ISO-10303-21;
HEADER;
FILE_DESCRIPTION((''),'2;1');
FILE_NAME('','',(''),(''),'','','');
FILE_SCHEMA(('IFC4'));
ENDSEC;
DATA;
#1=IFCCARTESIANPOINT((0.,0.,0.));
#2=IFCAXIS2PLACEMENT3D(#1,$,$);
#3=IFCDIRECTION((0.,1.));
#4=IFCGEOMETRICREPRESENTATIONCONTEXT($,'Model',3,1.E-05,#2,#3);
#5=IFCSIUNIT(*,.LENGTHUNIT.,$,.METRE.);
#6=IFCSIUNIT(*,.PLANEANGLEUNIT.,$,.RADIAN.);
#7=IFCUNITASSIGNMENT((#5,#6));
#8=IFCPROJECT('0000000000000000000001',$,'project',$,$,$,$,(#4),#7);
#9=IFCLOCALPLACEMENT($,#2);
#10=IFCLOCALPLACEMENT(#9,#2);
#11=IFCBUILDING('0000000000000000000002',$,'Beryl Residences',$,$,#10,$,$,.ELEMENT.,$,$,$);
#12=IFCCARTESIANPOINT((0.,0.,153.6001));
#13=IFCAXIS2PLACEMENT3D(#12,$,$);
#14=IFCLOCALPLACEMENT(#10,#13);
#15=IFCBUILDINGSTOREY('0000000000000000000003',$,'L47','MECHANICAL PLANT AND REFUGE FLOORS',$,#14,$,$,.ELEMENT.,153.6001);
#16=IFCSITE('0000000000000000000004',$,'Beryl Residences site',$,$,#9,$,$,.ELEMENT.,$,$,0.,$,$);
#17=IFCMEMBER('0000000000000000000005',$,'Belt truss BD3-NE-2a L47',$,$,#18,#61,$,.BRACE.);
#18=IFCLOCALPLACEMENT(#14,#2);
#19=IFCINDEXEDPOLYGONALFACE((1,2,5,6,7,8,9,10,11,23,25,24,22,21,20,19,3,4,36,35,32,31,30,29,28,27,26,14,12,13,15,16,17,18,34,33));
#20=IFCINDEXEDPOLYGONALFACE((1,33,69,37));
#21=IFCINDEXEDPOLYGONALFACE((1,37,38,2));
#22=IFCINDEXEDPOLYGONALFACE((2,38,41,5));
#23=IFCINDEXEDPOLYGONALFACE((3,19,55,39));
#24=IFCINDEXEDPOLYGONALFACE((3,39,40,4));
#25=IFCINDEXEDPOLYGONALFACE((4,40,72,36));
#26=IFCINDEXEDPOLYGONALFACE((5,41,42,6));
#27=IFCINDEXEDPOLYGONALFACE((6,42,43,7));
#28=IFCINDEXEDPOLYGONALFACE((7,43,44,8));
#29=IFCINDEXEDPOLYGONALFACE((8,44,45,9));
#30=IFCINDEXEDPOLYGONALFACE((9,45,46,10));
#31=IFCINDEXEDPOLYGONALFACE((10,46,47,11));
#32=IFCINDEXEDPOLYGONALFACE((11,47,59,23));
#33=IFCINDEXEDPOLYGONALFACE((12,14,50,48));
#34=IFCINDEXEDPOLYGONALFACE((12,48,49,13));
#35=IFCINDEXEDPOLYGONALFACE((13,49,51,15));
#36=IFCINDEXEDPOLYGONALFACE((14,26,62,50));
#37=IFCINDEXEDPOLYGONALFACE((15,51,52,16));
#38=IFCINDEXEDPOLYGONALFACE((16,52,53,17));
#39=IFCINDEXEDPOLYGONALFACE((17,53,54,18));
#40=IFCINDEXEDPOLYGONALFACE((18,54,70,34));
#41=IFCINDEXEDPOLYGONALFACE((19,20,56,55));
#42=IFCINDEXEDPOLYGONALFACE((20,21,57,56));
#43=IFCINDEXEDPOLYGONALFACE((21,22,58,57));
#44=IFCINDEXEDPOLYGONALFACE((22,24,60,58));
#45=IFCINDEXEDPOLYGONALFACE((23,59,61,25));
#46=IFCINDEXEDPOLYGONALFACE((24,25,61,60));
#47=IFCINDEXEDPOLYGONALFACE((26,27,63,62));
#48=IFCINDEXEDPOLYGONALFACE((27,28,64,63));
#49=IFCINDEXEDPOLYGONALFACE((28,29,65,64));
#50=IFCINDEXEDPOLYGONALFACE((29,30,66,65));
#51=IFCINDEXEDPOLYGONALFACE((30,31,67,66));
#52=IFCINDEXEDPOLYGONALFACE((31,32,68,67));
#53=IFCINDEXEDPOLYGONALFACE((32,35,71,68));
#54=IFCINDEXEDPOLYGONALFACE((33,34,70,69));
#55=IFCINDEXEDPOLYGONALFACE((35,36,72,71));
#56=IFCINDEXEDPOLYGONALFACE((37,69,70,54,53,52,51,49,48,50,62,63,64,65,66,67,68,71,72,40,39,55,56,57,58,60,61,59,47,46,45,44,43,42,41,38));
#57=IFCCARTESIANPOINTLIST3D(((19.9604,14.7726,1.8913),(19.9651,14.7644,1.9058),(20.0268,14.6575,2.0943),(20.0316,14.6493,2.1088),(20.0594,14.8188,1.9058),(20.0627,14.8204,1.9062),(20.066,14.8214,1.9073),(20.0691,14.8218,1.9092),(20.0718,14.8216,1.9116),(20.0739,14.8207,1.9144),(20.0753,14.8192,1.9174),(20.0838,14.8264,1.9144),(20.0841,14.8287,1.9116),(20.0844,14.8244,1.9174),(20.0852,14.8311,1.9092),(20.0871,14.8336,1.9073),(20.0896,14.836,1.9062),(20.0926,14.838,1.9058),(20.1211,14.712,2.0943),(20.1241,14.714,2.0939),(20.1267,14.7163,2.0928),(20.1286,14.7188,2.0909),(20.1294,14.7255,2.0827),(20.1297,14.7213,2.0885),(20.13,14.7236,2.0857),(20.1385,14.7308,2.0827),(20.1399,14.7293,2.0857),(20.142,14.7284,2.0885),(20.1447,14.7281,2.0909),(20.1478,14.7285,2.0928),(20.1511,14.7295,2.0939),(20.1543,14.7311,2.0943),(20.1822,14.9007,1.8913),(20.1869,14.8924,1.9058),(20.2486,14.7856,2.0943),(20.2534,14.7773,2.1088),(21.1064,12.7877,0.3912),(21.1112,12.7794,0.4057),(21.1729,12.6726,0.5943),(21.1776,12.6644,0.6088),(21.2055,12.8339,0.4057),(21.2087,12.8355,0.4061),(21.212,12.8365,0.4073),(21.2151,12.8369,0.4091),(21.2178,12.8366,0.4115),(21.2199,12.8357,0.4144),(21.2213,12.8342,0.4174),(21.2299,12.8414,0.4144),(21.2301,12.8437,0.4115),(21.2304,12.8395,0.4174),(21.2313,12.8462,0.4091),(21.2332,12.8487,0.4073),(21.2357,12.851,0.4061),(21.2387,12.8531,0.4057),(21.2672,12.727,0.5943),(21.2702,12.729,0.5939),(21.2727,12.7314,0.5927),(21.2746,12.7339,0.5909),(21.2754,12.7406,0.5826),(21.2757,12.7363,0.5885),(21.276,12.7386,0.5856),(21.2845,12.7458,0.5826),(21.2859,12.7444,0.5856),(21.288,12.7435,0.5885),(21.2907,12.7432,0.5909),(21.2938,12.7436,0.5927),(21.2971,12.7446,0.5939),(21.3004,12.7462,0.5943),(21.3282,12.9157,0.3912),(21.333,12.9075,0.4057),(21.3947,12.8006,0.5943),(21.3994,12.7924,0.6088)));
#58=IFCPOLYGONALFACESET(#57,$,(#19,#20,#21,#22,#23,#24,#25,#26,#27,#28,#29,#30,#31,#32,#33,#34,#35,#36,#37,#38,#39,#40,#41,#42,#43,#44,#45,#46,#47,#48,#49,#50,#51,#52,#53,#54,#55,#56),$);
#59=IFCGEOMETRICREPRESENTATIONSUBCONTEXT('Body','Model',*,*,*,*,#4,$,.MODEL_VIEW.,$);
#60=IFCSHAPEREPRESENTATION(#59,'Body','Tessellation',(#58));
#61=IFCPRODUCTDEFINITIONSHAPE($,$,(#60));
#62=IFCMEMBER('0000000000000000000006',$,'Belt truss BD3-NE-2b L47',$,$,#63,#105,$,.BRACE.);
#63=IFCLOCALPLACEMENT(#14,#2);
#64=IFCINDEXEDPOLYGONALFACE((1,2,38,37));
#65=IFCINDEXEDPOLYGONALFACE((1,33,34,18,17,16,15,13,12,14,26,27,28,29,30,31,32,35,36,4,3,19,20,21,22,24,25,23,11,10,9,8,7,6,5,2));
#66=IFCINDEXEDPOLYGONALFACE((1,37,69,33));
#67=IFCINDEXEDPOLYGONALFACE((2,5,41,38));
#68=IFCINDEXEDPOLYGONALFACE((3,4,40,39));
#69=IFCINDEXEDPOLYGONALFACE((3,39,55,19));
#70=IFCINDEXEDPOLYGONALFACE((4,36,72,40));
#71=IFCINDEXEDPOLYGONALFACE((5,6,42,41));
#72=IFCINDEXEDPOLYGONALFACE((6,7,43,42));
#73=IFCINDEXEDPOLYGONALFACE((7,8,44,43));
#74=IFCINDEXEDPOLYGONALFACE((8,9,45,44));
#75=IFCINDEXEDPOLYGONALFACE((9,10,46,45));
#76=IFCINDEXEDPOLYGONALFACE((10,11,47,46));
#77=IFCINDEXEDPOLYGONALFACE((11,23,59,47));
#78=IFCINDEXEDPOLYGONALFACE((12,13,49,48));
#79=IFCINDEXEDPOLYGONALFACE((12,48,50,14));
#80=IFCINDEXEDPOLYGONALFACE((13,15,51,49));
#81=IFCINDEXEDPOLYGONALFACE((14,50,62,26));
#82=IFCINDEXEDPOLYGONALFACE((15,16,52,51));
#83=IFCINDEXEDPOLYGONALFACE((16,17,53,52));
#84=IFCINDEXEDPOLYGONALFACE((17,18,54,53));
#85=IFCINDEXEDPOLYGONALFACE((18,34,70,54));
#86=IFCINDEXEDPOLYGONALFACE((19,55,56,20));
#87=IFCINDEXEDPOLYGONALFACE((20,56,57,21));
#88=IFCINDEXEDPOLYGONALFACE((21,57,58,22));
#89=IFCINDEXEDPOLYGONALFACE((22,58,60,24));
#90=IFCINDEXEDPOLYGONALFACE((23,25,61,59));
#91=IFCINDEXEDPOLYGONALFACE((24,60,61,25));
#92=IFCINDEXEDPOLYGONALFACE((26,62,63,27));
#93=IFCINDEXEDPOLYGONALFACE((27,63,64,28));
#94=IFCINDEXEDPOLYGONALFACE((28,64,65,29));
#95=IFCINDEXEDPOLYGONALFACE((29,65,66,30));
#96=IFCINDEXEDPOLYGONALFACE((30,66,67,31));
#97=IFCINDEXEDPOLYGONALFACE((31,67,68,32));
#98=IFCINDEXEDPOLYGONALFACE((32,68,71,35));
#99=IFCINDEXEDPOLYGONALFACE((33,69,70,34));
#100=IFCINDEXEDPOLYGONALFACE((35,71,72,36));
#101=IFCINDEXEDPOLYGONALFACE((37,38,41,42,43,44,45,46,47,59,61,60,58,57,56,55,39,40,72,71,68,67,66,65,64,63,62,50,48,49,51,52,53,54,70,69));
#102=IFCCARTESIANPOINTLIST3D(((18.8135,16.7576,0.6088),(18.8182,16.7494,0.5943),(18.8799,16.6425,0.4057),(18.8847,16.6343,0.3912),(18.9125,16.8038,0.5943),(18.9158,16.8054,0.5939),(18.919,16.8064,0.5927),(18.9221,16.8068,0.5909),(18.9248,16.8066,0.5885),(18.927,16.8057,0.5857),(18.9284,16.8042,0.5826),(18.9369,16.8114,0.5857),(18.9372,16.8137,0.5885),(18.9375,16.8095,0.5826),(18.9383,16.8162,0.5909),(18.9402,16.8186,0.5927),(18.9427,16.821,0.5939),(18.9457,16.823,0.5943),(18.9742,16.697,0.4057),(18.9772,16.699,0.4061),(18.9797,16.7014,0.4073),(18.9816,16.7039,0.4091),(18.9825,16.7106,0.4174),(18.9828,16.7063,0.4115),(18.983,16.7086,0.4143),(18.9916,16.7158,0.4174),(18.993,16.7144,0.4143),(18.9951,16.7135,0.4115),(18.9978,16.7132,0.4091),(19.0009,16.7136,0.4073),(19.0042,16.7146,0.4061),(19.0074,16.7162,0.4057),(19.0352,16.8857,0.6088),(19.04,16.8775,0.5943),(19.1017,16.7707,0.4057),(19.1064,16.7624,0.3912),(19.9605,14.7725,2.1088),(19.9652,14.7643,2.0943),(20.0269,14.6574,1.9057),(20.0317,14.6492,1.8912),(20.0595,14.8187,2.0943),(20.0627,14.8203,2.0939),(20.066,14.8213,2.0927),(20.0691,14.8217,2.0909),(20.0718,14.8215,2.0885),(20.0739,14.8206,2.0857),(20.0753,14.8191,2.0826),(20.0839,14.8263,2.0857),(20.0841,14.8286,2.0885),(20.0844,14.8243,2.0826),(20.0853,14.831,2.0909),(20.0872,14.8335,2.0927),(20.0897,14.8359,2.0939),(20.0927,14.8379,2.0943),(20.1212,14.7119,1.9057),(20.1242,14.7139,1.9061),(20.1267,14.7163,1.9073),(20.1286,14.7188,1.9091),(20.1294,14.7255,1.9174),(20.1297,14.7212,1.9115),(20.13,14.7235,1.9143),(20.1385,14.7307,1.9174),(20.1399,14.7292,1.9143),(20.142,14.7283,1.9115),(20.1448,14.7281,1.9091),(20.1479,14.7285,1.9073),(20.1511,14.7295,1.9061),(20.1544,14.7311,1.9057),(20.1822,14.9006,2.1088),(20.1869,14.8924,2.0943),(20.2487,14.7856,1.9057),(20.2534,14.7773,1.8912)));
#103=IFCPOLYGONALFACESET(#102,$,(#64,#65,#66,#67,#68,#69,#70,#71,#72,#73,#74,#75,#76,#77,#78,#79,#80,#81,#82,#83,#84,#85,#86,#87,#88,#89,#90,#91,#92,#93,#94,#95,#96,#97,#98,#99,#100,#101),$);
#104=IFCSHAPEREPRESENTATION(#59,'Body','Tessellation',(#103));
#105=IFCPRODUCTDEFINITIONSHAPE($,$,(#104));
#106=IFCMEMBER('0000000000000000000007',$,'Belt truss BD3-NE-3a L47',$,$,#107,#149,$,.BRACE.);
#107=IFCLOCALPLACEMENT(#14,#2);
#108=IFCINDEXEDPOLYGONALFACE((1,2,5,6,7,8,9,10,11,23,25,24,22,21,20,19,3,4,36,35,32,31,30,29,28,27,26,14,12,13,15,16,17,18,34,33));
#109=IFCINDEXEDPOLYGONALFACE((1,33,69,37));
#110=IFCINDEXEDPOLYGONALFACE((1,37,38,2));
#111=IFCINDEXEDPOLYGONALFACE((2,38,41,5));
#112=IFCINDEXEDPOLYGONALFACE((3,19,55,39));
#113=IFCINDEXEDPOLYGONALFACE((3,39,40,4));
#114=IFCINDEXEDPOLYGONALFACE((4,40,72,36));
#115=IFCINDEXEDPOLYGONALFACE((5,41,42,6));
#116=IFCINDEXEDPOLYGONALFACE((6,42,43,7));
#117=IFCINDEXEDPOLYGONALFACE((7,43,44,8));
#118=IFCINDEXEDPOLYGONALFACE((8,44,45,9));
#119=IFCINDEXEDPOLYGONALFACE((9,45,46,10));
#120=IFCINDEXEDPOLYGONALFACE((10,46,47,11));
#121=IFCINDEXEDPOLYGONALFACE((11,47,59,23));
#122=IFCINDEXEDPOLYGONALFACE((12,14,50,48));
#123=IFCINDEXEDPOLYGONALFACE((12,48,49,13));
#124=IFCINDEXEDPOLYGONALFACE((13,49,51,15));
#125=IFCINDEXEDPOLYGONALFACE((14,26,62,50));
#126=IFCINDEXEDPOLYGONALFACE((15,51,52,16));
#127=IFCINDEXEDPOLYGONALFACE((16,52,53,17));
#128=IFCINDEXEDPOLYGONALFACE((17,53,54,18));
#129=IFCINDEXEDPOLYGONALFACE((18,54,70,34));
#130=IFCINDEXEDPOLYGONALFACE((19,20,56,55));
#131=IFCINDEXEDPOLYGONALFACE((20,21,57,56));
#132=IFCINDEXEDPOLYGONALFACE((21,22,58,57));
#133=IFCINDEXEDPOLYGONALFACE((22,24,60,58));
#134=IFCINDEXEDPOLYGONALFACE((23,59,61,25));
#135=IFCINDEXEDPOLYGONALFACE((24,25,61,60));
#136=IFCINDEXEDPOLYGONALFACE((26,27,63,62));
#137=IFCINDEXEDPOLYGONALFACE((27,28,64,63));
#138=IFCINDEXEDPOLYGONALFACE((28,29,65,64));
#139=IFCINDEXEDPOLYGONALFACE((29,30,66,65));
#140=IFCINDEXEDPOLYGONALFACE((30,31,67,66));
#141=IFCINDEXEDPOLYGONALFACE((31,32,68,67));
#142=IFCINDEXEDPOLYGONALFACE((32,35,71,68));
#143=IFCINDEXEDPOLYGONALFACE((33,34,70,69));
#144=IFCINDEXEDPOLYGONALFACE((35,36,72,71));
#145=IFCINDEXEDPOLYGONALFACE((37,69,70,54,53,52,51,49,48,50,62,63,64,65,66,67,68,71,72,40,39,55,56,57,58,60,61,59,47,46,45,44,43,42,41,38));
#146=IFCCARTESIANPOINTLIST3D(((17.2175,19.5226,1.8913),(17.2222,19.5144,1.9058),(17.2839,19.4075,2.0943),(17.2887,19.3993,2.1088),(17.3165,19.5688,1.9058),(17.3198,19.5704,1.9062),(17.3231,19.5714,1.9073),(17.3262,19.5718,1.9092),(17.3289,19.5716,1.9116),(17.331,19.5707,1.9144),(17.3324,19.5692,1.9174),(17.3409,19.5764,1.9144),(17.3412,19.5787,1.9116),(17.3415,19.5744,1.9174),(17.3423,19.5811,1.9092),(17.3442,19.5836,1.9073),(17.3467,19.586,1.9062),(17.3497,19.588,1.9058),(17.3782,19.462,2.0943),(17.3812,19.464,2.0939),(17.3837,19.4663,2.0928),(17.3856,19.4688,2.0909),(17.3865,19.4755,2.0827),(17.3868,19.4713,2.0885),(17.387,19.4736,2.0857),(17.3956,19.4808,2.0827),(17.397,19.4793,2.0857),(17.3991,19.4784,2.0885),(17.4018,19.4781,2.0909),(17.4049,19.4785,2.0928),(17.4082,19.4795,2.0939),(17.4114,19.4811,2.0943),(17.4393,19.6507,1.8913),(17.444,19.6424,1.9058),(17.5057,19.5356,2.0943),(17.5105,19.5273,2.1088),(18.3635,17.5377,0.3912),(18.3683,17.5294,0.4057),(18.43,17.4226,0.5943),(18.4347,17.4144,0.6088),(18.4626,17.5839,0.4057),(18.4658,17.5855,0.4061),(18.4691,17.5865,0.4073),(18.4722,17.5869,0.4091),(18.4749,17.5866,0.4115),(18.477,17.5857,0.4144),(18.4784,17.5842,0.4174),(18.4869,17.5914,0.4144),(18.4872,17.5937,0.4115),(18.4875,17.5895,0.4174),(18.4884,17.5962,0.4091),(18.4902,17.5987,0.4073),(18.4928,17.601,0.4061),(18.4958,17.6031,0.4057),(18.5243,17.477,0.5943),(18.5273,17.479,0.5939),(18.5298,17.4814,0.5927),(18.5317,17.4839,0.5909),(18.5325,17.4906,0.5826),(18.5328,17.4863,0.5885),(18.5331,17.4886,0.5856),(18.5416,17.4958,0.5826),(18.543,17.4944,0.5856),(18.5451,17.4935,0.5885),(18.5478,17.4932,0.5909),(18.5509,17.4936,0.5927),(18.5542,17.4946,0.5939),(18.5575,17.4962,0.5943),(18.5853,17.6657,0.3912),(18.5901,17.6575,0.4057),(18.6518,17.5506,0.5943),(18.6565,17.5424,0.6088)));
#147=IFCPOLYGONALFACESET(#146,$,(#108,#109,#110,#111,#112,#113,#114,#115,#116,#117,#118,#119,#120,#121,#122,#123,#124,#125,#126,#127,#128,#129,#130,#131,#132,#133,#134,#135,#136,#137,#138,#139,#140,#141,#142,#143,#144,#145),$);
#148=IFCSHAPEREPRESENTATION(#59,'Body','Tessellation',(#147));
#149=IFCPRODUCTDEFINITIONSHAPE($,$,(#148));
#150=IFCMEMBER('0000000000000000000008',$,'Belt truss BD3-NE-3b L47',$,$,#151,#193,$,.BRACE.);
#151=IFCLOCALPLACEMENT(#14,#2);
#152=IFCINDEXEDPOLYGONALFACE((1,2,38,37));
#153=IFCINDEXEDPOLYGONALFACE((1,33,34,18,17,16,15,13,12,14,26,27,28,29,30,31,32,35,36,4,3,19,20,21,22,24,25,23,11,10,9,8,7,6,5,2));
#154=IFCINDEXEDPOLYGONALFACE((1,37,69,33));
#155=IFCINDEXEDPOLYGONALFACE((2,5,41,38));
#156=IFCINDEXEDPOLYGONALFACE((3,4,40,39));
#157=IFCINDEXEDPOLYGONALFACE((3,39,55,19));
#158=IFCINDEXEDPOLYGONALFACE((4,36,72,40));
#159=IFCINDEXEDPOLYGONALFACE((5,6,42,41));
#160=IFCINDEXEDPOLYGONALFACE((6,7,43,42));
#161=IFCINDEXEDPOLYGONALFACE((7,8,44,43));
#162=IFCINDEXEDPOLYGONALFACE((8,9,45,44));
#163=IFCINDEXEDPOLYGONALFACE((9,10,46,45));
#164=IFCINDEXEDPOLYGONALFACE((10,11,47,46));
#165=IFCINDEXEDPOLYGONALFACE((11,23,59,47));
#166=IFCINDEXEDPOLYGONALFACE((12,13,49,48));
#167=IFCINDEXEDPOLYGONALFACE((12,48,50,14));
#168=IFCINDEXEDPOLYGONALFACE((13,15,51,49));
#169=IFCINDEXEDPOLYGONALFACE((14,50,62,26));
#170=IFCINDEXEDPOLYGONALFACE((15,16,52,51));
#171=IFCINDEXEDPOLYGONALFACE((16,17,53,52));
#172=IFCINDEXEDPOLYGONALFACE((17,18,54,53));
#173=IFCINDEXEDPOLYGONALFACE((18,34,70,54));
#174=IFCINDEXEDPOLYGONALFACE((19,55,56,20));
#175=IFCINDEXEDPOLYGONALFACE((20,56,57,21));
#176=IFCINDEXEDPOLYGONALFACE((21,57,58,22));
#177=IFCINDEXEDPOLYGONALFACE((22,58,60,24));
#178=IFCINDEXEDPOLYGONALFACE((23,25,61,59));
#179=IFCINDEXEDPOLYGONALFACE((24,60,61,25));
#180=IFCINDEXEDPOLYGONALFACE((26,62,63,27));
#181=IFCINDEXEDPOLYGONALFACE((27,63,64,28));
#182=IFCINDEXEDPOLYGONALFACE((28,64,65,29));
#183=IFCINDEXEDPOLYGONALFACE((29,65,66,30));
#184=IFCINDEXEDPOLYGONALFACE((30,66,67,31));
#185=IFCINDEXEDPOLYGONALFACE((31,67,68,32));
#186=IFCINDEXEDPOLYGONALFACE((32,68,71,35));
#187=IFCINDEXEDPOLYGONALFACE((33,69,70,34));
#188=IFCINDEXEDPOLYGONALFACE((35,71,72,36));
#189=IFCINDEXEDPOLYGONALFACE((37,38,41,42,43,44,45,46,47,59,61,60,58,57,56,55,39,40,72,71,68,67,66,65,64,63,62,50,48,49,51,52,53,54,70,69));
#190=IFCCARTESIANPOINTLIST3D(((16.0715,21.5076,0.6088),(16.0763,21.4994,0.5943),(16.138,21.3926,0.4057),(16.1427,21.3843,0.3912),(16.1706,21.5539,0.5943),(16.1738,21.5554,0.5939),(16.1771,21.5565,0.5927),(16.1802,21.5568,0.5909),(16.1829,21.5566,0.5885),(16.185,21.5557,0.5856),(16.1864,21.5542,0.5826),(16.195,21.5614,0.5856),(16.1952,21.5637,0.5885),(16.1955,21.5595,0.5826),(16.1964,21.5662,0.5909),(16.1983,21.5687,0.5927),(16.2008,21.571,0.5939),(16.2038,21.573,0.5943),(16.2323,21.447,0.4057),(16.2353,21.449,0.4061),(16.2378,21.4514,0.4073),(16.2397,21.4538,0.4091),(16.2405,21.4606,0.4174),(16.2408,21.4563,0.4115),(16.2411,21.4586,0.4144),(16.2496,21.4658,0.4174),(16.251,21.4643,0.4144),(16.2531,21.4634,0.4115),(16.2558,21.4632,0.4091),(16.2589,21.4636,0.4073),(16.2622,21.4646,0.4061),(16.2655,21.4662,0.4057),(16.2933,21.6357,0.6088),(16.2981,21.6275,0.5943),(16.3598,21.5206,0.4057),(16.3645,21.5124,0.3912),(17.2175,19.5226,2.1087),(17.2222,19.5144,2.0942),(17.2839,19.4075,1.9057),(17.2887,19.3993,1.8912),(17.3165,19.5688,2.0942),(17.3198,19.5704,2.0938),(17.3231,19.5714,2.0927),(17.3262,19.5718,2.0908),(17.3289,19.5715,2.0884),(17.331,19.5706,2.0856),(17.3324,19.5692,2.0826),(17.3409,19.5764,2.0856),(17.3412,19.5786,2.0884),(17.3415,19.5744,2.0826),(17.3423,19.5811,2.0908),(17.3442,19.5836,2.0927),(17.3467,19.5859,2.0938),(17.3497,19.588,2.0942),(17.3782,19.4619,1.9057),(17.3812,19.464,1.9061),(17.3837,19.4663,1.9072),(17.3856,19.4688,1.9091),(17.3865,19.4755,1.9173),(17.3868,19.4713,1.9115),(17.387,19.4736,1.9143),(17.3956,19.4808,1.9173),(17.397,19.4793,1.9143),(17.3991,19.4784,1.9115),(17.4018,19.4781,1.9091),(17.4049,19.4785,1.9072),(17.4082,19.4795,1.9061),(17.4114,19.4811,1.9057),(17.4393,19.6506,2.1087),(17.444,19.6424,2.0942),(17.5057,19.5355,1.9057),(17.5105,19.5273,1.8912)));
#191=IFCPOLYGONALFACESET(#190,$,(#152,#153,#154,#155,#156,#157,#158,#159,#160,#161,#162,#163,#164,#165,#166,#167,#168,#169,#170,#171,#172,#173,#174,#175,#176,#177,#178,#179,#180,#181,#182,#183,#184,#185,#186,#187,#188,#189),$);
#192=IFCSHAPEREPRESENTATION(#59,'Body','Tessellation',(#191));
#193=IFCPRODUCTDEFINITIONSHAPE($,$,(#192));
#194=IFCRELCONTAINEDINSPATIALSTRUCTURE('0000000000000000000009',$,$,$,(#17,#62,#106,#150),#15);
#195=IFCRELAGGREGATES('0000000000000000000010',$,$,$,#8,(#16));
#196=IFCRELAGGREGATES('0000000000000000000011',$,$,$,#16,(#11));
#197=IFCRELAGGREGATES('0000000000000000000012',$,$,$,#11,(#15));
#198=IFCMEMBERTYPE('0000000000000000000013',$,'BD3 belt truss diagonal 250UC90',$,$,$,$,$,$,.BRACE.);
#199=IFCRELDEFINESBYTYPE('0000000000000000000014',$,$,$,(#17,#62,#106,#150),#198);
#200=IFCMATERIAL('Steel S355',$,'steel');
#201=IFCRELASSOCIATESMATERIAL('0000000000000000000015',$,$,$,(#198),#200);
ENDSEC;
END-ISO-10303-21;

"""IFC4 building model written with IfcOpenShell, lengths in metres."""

from ifc_helpers import new_model, si_unit, direction, frame, origin, origin_2d, place, context, subcontext, project, spatial, i_section, extrude, material, material_profile, profile_set, type_object, element, save


model = new_model("IFC4")

# Units and contexts
model_context = context("Model", 3, precision=1e-05, world=origin(), true_north=direction((0.0, 1.0)))
body_context = subcontext(model_context, "Body", "Model", "MODEL_VIEW")
ifc_project = project(units=[si_unit("LENGTHUNIT", "METRE"), si_unit("PLANEANGLEUNIT", "RADIAN")], contexts=[model_context])

# Site, building, storey
site_placement = place(None, origin())
site = spatial("IfcSite", under=ifc_project, at=site_placement, Name="Beryl Residences site", CompositionType="ELEMENT", RefElevation=0.0)
building_placement = place(site_placement, origin())
building = spatial("IfcBuilding", under=site, at=building_placement, Name="Beryl Residences", CompositionType="ELEMENT")
storey_placement = place(building_placement, frame((0.0, 0.0, 153.6001)))
storey = spatial("IfcBuildingStorey", under=building, at=storey_placement, Name="L47", Description="MECHANICAL PLANT AND REFUGE FLOORS", CompositionType="ELEMENT", Elevation=153.6001)

# Members
ifc_material_1 = material(Name="Steel S355", Category="steel")
ifc_material_profile_1 = material_profile(ifc_material_1, i_section(OverallWidth=0.2561, OverallDepth=0.26, WebThickness=0.0105, FlangeThickness=0.0173, FilletRadius=0.0139, at=origin_2d()))
ifc_profile_set_1 = profile_set([ifc_material_profile_1], Name="Steel S355")
member_type_1 = type_object("IfcMemberType", Name="BD3 belt truss diagonal 250UC90", PredefinedType="BRACE", material=ifc_profile_set_1)
member_1_placement = place(storey_placement, frame((21.2529, 12.79, 0.5), z_axis=(-0.418375, 0.724625, 0.547613), x_axis=(-0.866019, -0.500011, 0.0)))
element("IfcMember", 1, at=member_1_placement, inside=storey, type_object=member_type_1, Name="Belt truss BD3-NE-2a L47", PredefinedType="BRACE", context=body_context, shape_type="SweptSolid", body=[
    extrude(i_section(OverallWidth=0.2561, OverallDepth=0.26, WebThickness=0.0105, FlangeThickness=0.0173, FilletRadius=0.0139, at=origin_2d()), origin(), (0.0, 0.0, 1.0), 2.7393),
])
member_2_placement = place(storey_placement, frame((18.96, 16.76, 0.5), z_axis=(0.418642, -0.724559, 0.547496), x_axis=(0.865861, 0.500285, 0.0)))
element("IfcMember", 2, at=member_2_placement, inside=storey, type_object=member_type_1, Name="Belt truss BD3-NE-2b L47", PredefinedType="BRACE", context=body_context, shape_type="SweptSolid", body=[
    extrude(i_section(OverallWidth=0.2561, OverallDepth=0.26, WebThickness=0.0105, FlangeThickness=0.0173, FilletRadius=0.0139, at=origin_2d()), origin(), (0.0, 0.0, 1.0), 2.7397),
])
for number, where, z_axis, x_axis, name in (
    (3, (18.51, 17.54, 0.5), (-0.418375, 0.724625, 0.547613), (-0.866019, -0.500011, 0.0), "Belt truss BD3-NE-3a L47"),
    (4, (16.218, 21.51, 0.5), (0.418348, -0.724668, 0.547578), (0.866045, 0.499965, 0.0), "Belt truss BD3-NE-3b L47"),
):
    element("IfcMember", number, at=place(storey_placement, frame(where, z_axis=z_axis, x_axis=x_axis)), inside=storey, type_object=member_type_1, Name=name, PredefinedType="BRACE", context=body_context, shape_type="SweptSolid", body=[
        extrude(i_section(OverallWidth=0.2561, OverallDepth=0.26, WebThickness=0.0105, FlangeThickness=0.0173, FilletRadius=0.0139, at=origin_2d()), origin(), (0.0, 0.0, 1.0), 2.7393),
    ])

save(model, "model.ifc")
